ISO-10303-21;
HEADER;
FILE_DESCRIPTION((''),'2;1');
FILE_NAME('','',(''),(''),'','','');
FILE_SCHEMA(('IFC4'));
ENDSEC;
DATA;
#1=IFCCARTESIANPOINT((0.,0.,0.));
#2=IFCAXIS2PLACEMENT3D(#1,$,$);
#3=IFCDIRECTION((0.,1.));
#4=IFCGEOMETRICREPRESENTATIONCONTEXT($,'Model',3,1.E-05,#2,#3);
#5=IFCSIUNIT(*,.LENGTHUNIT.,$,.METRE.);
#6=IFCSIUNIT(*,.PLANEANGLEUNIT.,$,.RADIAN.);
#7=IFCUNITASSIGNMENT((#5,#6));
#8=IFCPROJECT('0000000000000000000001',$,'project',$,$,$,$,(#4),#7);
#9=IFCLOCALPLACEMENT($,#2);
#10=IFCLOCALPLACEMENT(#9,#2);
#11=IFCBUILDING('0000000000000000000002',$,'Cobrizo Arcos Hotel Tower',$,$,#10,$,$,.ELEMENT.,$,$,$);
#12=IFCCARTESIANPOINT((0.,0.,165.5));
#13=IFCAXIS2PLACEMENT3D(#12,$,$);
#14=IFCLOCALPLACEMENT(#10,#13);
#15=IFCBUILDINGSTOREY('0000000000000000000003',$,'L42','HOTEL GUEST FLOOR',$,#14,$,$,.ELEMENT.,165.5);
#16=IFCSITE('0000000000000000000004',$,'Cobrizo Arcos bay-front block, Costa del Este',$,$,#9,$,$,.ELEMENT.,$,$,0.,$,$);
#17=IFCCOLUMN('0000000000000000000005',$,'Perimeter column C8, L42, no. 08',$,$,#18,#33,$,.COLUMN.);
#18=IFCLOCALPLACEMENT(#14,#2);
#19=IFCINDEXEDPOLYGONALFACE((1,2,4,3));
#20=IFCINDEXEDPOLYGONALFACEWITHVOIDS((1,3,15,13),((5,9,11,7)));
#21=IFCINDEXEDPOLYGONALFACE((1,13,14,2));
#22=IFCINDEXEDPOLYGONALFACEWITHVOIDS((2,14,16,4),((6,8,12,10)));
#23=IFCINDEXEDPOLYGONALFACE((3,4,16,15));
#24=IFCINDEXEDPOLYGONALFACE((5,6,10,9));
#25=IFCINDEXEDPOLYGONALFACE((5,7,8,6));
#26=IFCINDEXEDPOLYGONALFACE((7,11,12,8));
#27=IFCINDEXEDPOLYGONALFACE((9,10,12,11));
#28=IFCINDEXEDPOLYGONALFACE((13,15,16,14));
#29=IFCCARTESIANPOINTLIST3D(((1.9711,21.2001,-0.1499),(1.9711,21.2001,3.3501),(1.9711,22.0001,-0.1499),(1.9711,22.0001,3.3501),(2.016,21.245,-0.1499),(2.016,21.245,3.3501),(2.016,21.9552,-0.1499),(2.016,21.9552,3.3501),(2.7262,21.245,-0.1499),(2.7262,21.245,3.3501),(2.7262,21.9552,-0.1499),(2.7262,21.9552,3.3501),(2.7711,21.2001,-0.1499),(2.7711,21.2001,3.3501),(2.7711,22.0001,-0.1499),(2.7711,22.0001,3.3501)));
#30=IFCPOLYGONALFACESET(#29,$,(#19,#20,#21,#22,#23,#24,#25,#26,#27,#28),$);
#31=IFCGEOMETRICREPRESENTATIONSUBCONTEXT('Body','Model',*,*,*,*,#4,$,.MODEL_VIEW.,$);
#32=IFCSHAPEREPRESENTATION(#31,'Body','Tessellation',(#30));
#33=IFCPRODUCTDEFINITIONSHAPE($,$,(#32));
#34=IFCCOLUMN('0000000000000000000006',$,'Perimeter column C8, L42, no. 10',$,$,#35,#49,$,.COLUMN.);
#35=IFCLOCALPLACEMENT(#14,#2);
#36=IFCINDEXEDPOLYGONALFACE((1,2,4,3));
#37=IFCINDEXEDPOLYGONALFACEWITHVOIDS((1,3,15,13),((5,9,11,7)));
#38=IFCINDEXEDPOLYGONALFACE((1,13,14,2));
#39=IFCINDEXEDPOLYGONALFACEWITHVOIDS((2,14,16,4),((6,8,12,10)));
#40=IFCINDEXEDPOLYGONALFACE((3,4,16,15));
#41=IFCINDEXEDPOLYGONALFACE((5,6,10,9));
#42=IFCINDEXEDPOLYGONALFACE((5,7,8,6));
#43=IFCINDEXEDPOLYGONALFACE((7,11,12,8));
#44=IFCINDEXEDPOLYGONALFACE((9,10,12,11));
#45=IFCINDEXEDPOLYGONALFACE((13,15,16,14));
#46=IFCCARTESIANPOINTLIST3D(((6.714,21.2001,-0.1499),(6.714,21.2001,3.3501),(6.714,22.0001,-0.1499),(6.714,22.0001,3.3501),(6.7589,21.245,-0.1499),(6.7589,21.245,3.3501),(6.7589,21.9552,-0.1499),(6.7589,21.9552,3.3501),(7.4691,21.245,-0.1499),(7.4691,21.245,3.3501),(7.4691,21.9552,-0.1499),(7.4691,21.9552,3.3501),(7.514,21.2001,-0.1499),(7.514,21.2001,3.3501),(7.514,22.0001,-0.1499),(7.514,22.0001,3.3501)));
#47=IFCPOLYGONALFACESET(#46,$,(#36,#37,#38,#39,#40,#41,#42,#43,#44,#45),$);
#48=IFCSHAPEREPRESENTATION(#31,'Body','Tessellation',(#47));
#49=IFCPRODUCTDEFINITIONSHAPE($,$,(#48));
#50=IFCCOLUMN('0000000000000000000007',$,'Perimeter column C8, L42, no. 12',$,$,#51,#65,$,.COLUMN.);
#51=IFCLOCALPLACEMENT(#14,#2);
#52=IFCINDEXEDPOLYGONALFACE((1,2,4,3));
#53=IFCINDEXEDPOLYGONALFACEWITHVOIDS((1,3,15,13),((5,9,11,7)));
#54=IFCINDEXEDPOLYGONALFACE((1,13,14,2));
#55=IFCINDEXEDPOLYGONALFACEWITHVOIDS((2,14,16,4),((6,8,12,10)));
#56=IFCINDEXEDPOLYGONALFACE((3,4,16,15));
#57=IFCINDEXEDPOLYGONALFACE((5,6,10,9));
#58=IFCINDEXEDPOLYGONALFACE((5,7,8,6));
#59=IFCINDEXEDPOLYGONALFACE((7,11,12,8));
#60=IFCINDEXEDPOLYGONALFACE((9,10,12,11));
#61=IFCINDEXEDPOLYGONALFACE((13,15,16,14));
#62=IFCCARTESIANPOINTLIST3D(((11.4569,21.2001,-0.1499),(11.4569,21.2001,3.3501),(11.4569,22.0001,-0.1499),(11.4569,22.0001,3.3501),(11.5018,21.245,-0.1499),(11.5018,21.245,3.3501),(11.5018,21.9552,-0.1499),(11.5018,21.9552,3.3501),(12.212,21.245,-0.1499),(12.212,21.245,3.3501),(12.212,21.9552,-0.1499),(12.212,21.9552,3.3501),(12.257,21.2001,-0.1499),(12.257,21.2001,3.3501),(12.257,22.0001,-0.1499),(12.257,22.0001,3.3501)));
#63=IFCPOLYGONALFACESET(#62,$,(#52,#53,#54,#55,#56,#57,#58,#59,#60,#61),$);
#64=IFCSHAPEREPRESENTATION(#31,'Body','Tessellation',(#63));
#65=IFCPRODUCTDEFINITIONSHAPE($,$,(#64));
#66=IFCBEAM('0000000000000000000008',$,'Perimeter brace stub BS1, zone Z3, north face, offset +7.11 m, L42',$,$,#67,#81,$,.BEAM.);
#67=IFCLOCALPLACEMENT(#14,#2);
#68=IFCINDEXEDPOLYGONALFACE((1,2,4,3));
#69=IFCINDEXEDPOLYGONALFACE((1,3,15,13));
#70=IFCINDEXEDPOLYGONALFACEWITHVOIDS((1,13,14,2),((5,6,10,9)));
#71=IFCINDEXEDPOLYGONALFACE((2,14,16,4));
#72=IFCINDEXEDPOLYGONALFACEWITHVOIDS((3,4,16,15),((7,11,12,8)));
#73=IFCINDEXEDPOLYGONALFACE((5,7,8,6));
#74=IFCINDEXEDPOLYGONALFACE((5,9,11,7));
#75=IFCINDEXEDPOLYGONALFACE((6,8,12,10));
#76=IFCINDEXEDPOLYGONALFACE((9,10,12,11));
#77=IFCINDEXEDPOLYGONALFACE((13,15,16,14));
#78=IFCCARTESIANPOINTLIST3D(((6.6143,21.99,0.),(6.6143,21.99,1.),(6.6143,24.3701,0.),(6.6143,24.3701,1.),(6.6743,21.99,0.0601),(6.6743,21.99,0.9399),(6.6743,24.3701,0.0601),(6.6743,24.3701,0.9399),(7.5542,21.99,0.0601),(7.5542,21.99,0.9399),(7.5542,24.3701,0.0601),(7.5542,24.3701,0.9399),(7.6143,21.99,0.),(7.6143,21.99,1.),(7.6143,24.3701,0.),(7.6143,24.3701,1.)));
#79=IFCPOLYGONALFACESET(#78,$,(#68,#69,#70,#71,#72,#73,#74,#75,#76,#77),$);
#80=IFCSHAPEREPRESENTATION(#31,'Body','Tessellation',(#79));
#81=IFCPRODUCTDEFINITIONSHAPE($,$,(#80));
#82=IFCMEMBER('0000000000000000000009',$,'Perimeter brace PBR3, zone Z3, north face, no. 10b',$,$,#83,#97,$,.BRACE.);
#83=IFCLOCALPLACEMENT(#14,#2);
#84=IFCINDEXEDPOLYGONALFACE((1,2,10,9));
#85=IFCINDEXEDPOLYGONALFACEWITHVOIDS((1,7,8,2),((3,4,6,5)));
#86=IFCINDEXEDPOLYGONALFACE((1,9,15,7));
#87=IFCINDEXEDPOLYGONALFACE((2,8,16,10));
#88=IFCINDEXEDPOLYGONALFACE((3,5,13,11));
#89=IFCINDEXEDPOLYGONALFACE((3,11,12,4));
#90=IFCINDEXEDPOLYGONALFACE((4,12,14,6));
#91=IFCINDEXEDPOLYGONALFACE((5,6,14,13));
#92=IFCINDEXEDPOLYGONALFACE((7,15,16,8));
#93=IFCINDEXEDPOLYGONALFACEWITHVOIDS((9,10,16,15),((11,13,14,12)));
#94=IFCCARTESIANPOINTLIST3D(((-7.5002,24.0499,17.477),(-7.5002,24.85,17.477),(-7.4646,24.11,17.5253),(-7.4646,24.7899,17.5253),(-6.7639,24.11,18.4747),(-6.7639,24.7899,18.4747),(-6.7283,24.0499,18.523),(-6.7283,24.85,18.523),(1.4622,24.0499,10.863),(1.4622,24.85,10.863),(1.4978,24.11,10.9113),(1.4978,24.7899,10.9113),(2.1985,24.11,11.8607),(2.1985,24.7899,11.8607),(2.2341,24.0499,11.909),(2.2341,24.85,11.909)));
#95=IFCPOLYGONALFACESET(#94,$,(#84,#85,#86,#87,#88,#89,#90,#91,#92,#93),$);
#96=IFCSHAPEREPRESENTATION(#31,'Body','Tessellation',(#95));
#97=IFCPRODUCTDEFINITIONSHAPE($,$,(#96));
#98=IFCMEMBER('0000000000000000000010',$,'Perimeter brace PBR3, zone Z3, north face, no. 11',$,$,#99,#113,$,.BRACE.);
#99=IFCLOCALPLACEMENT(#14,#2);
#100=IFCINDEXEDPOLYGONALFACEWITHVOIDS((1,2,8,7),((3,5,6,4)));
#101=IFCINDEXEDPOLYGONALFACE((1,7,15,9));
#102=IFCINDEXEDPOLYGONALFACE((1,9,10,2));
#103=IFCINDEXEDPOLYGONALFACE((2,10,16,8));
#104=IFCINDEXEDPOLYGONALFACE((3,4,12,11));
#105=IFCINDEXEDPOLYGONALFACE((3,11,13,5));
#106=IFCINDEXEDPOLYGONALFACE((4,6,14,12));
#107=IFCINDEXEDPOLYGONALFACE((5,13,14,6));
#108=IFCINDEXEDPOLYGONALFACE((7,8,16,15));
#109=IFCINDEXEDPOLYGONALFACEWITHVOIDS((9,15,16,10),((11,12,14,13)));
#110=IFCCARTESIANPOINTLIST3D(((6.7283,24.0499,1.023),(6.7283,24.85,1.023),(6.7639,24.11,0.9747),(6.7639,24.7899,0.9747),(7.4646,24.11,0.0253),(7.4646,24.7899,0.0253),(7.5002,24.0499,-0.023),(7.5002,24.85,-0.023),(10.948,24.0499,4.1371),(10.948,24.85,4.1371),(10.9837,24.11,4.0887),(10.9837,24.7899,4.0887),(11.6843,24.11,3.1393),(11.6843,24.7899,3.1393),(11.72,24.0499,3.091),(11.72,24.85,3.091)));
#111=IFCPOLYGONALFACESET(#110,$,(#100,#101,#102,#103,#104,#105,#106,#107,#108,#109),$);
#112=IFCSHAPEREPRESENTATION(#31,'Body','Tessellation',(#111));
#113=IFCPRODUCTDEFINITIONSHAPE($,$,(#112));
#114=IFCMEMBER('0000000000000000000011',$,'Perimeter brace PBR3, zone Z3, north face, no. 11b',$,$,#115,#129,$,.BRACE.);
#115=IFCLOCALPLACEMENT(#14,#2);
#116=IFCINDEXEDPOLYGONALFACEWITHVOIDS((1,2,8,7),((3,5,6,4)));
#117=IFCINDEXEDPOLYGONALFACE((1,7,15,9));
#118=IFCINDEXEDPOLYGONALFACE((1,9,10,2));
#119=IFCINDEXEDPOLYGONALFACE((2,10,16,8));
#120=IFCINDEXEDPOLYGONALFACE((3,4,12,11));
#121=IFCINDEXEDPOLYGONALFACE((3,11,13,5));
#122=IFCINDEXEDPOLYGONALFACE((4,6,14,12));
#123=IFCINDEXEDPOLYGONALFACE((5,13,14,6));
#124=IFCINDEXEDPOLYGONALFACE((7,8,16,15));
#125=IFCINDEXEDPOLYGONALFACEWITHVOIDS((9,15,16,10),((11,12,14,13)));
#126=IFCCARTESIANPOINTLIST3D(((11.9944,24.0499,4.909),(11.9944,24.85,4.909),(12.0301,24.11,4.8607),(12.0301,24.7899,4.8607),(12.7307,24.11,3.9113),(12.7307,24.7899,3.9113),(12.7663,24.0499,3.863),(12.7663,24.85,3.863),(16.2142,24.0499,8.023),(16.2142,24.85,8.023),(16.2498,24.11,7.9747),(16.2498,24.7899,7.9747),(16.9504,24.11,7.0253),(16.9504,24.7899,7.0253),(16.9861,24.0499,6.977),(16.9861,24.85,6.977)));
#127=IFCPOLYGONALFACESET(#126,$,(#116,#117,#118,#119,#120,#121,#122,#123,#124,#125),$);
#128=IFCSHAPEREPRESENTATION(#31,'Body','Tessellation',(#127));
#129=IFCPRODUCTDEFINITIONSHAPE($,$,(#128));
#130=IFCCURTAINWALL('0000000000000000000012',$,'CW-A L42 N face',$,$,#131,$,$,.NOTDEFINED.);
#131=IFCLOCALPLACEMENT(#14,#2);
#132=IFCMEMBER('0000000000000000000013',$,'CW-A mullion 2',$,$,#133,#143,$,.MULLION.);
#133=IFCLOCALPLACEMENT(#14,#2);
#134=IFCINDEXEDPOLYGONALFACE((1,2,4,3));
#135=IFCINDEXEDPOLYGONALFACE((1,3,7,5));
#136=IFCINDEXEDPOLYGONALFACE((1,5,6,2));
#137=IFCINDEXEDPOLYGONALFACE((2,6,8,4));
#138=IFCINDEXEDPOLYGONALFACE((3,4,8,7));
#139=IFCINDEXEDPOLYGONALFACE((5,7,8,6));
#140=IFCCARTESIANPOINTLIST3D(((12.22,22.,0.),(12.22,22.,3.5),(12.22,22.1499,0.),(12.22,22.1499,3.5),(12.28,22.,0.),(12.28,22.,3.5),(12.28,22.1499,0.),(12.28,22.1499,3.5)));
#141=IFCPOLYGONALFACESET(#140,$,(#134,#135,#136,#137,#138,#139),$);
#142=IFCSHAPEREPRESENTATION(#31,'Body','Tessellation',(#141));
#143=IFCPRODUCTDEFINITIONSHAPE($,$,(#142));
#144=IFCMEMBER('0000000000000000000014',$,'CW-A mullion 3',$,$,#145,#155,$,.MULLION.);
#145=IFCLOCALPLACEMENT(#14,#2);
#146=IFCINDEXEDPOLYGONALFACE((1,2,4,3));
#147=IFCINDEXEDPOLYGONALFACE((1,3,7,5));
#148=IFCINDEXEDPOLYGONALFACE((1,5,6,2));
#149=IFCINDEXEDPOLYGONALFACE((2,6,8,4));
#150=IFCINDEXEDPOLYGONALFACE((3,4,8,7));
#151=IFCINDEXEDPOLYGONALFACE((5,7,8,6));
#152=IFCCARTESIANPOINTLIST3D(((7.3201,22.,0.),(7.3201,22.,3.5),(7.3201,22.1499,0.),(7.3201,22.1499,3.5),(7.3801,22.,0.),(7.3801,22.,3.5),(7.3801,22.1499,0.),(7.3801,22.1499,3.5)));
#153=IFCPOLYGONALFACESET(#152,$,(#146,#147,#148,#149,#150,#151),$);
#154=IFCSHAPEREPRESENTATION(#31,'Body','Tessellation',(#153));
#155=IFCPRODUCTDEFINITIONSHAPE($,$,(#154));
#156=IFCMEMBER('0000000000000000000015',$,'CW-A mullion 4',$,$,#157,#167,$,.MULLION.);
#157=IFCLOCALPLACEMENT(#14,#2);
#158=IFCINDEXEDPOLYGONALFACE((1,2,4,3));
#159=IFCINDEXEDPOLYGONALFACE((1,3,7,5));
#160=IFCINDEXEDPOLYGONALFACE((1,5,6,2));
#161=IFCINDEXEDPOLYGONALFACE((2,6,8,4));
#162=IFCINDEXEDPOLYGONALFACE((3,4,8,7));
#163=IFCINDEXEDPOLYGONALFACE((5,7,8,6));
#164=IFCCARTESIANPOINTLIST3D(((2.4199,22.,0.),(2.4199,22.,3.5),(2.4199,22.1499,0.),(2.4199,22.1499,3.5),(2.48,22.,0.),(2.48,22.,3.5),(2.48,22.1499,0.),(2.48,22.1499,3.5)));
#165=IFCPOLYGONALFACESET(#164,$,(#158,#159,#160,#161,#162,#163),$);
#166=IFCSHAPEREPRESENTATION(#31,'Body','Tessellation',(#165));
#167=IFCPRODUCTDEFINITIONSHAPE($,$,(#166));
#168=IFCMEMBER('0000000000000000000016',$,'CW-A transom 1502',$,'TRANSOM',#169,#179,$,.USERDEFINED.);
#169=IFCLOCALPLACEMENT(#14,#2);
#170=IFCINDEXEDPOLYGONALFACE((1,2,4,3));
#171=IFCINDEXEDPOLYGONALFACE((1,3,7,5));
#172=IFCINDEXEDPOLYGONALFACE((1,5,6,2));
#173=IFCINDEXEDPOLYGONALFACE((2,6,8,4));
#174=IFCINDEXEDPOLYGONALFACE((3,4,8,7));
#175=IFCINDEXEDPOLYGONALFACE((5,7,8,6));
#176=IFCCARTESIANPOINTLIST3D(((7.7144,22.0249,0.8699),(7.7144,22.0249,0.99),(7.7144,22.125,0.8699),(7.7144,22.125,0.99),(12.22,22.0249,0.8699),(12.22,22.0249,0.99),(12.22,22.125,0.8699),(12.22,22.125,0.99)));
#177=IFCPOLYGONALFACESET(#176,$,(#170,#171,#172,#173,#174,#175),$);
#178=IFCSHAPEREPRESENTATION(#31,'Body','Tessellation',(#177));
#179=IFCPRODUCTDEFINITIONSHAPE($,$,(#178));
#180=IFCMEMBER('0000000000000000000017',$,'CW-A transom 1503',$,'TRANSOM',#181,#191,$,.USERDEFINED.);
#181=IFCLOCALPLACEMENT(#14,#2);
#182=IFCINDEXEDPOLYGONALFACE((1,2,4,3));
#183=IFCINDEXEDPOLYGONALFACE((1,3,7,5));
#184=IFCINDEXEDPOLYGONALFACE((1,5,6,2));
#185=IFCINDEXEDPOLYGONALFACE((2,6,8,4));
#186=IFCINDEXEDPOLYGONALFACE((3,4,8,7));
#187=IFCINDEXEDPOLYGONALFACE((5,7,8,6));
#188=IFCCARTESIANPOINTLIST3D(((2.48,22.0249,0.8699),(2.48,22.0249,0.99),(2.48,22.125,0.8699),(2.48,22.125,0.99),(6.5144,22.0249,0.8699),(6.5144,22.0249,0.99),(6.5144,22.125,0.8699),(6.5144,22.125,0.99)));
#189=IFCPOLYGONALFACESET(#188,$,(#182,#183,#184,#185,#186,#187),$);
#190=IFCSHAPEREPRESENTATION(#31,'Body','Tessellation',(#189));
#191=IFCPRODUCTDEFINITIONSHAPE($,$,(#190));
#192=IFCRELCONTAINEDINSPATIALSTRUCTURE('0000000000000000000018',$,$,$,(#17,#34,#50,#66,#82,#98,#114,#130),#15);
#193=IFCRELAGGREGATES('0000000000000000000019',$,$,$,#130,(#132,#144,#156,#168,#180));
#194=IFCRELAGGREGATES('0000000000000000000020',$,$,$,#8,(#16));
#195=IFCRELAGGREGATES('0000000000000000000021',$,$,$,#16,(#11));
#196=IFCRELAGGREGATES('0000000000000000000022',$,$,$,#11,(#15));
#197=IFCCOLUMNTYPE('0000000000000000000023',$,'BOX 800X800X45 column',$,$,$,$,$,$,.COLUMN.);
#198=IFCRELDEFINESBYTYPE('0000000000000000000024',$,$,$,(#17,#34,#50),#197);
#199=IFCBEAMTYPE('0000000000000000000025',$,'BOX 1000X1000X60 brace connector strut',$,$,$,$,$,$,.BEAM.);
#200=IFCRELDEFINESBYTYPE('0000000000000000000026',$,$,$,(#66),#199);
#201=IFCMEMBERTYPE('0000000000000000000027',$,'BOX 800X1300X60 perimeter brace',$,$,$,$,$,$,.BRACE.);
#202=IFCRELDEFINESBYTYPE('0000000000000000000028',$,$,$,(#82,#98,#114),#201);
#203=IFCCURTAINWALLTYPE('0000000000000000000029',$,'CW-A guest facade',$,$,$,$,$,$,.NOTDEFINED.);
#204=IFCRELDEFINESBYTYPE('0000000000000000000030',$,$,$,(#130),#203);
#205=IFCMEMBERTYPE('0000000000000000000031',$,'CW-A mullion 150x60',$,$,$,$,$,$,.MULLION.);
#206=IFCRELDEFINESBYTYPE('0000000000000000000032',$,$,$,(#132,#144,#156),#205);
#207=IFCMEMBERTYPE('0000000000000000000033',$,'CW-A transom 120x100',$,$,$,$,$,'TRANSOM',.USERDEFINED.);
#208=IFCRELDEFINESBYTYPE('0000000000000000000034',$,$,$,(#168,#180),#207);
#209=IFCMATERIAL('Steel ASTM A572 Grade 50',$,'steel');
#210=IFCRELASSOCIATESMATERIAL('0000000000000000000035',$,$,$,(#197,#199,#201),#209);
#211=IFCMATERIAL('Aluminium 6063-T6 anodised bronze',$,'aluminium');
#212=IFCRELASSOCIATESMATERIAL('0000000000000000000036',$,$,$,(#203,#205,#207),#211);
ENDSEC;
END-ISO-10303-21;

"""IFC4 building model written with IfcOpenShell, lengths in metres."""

from ifc_helpers import new_model, si_unit, direction, frame, origin, origin_2d, place, context, subcontext, project, spatial, rectangle, hollow_rectangle, extrude, material, material_profile, profile_set, type_object, element, aggregate, save


model = new_model("IFC4")

# Units and contexts
model_context = context("Model", 3, precision=1e-05, world=origin(), true_north=direction((0.0, 1.0)))
body_context = subcontext(model_context, "Body", "Model", "MODEL_VIEW")
ifc_project = project(units=[si_unit("LENGTHUNIT", "METRE"), si_unit("PLANEANGLEUNIT", "RADIAN")], contexts=[model_context])

# Site, building, storey
site_placement = place(None, origin())
site = spatial("IfcSite", under=ifc_project, at=site_placement, Name="Cobrizo Arcos bay-front block, Costa del Este", CompositionType="ELEMENT", RefElevation=0.0)
building_placement = place(site_placement, origin())
building = spatial("IfcBuilding", under=site, at=building_placement, Name="Cobrizo Arcos Hotel Tower", CompositionType="ELEMENT")
storey_placement = place(building_placement, frame((0.0, 0.0, 165.5)))
storey = spatial("IfcBuildingStorey", under=building, at=storey_placement, Name="L42", Description="HOTEL GUEST FLOOR", CompositionType="ELEMENT", Elevation=165.5)

# Columns
ifc_material_1 = material(Name="Steel ASTM A572 Grade 50", Category="steel")
ifc_material_profile_1 = material_profile(ifc_material_1, hollow_rectangle(XDim=0.8, YDim=0.8, WallThickness=0.0449, at=origin_2d()), Name="BOX 800X800X45")
ifc_profile_set_1 = profile_set([ifc_material_profile_1], Name="Steel ASTM A572 Grade 50")
column_type = type_object("IfcColumnType", Name="BOX 800X800X45 column", PredefinedType="COLUMN", material=ifc_profile_set_1)
for number, where, z_axis, x_axis, name in (
    (1, (2.3711, 21.6001, -0.1499), (0.0, 0.0, 1.0), (1.0, 0.0, 0.0), "Perimeter column C8, L42, no. 08"),
    (2, (7.114, 21.6001, -0.1499), (0.0, 0.0, 1.0), (1.0, 0.0, 0.0), "Perimeter column C8, L42, no. 10"),
    (3, (11.8569, 21.6001, -0.1499), (0.0, 0.0, 1.0), (1.0, 0.0, 0.0), "Perimeter column C8, L42, no. 12"),
):
    element("IfcColumn", number, at=place(storey_placement, frame(where, z_axis=z_axis, x_axis=x_axis)), inside=storey, type_object=column_type, Name=name, PredefinedType="COLUMN", context=body_context, shape_type="SweptSolid", body=[
        extrude(hollow_rectangle(XDim=0.8, YDim=0.8, WallThickness=0.0449, at=origin_2d()), origin(), (0.0, 0.0, 1.0), 3.5),
    ])

# Beam
ifc_material_profile_2 = material_profile(ifc_material_1, hollow_rectangle(XDim=1.0, YDim=1.0, WallThickness=0.0601, at=origin_2d()), Name="BOX 1000X1000X60")
ifc_profile_set_2 = profile_set([ifc_material_profile_2], Name="Steel ASTM A572 Grade 50")
beam_type_1 = type_object("IfcBeamType", Name="BOX 1000X1000X60 brace connector strut", PredefinedType="BEAM", material=ifc_profile_set_2)
beam_1_placement = place(storey_placement, frame((7.1143, 21.99, 0.5), z_axis=(0.0, 1.0, 0.0), x_axis=(-1.0, 0.0, 0.0)))
element("IfcBeam", 4, at=beam_1_placement, inside=storey, type_object=beam_type_1, Name="Perimeter brace stub BS1, zone Z3, north face, offset +7.11 m, L42", PredefinedType="BEAM", context=body_context, shape_type="SweptSolid", body=[
    extrude(hollow_rectangle(XDim=1.0, YDim=1.0, WallThickness=0.0601, at=origin_2d()), origin(), (0.0, 0.0, 1.0), 2.3801),
])

# Members
ifc_material_profile_3 = material_profile(ifc_material_1, hollow_rectangle(XDim=0.8, YDim=1.3, WallThickness=0.0601, at=origin_2d()), Name="BOX 800X1300X60")
ifc_profile_set_3 = profile_set([ifc_material_profile_3], Name="Steel ASTM A572 Grade 50")
member_type_1 = type_object("IfcMemberType", Name="BOX 800X1300X60 perimeter brace", PredefinedType="BRACE", material=ifc_profile_set_3)
member_1_placement = place(storey_placement, frame((1.8481, 24.45, 11.386), z_axis=(-0.804621, 0.0, 0.593789), x_axis=(0.0, -1.0, 0.0)))
element("IfcMember", 5, at=member_1_placement, inside=storey, type_object=member_type_1, Name="Perimeter brace PBR3, zone Z3, north face, no. 10b", PredefinedType="BRACE", context=body_context, shape_type="SweptSolid", body=[
    extrude(hollow_rectangle(XDim=0.8, YDim=1.3, WallThickness=0.0601, at=origin_2d()), origin(), (0.0, 0.0, 1.0), 11.1387),
])
for number, where, z_axis, x_axis, name in (
    (6, (7.1143, 24.45, 0.5), (0.804624, 0.0, 0.593785), (0.0, 1.0, 0.0), "Perimeter brace PBR3, zone Z3, north face, no. 11"),
    (7, (12.3804, 24.45, 4.386), (0.804624, 0.0, 0.593785), (0.0, 1.0, 0.0), "Perimeter brace PBR3, zone Z3, north face, no. 11b"),
):
    element("IfcMember", number, at=place(storey_placement, frame(where, z_axis=z_axis, x_axis=x_axis)), inside=storey, type_object=member_type_1, Name=name, PredefinedType="BRACE", context=body_context, shape_type="SweptSolid", body=[
        extrude(hollow_rectangle(XDim=0.8, YDim=1.3, WallThickness=0.0601, at=origin_2d()), origin(), (0.0, 0.0, 1.0), 5.2444),
    ])

# Curtain wall, members
ifc_material_2 = material(Name="Aluminium 6063-T6 anodised bronze", Category="aluminium")
curtain_wall_type = type_object("IfcCurtainWallType", Name="CW-A guest facade", PredefinedType="NOTDEFINED", material=ifc_material_2)
curtain_wall_placement = place(storey_placement, origin())
curtain_wall = element("IfcCurtainWall", 8, at=curtain_wall_placement, inside=storey, type_object=curtain_wall_type, Name="CW-A L42 N face", PredefinedType="NOTDEFINED")
ifc_material_profile_4 = material_profile(ifc_material_2, rectangle(XDim=0.1499, YDim=0.0601, at=origin_2d()), Name="CW-A mullion 150x60")
ifc_profile_set_4 = profile_set([ifc_material_profile_4], Name="Aluminium 6063-T6 anodised bronze")
member_type_2 = type_object("IfcMemberType", Name="CW-A mullion 150x60", PredefinedType="MULLION", material=ifc_profile_set_4)
member_2_placement = place(storey_placement, frame((12.25, 22.075, 0.0), z_axis=(0.0, 0.0, 1.0), x_axis=(0.0, 1.0, 0.0)))
member_2 = element("IfcMember", 9, at=member_2_placement, type_object=member_type_2, Name="CW-A mullion 2", PredefinedType="MULLION", context=body_context, shape_type="SweptSolid", body=[
    extrude(rectangle(XDim=0.1499, YDim=0.0601, at=origin_2d()), origin(), (0.0, 0.0, 1.0), 3.5),
])
member_3_placement = place(storey_placement, frame((7.3501, 22.075, 0.0), z_axis=(0.0, 0.0, 1.0), x_axis=(0.0, 1.0, 0.0)))
member_3 = element("IfcMember", 10, at=member_3_placement, type_object=member_type_2, Name="CW-A mullion 3", PredefinedType="MULLION", context=body_context, shape_type="SweptSolid", body=[
    extrude(rectangle(XDim=0.1499, YDim=0.0601, at=origin_2d()), origin(), (0.0, 0.0, 1.0), 3.5),
])
member_4_placement = place(storey_placement, frame((2.45, 22.075, 0.0), z_axis=(0.0, 0.0, 1.0), x_axis=(0.0, 1.0, 0.0)))
member_4 = element("IfcMember", 11, at=member_4_placement, type_object=member_type_2, Name="CW-A mullion 4", PredefinedType="MULLION", context=body_context, shape_type="SweptSolid", body=[
    extrude(rectangle(XDim=0.1499, YDim=0.0601, at=origin_2d()), origin(), (0.0, 0.0, 1.0), 3.5),
])
ifc_material_profile_5 = material_profile(ifc_material_2, rectangle(XDim=0.1001, YDim=0.1201, at=origin_2d()), Name="CW-A transom 120x100")
ifc_profile_set_5 = profile_set([ifc_material_profile_5], Name="Aluminium 6063-T6 anodised bronze")
member_type_3 = type_object("IfcMemberType", Name="CW-A transom 120x100", ElementType="TRANSOM", PredefinedType="USERDEFINED", material=ifc_profile_set_5)
member_5_placement = place(storey_placement, frame((12.22, 22.075, 0.9299), z_axis=(-1.0, 0.0, 0.0), x_axis=(0.0, -1.0, 0.0)))
member_5 = element("IfcMember", 12, at=member_5_placement, type_object=member_type_3, Name="CW-A transom 1502", ObjectType="TRANSOM", PredefinedType="USERDEFINED", context=body_context, shape_type="SweptSolid", body=[
    extrude(rectangle(XDim=0.1001, YDim=0.1201, at=origin_2d()), origin(), (0.0, 0.0, 1.0), 4.5056),
])
member_6_placement = place(storey_placement, frame((6.5144, 22.075, 0.9299), z_axis=(-1.0, 0.0, 0.0), x_axis=(0.0, -1.0, 0.0)))
member_6 = element("IfcMember", 13, at=member_6_placement, type_object=member_type_3, Name="CW-A transom 1503", ObjectType="TRANSOM", PredefinedType="USERDEFINED", context=body_context, shape_type="SweptSolid", body=[
    extrude(rectangle(XDim=0.1001, YDim=0.1201, at=origin_2d()), origin(), (0.0, 0.0, 1.0), 4.0344),
])

aggregate(curtain_wall, [member_2, member_3, member_4, member_5, member_6])

save(model, "model.ifc")
